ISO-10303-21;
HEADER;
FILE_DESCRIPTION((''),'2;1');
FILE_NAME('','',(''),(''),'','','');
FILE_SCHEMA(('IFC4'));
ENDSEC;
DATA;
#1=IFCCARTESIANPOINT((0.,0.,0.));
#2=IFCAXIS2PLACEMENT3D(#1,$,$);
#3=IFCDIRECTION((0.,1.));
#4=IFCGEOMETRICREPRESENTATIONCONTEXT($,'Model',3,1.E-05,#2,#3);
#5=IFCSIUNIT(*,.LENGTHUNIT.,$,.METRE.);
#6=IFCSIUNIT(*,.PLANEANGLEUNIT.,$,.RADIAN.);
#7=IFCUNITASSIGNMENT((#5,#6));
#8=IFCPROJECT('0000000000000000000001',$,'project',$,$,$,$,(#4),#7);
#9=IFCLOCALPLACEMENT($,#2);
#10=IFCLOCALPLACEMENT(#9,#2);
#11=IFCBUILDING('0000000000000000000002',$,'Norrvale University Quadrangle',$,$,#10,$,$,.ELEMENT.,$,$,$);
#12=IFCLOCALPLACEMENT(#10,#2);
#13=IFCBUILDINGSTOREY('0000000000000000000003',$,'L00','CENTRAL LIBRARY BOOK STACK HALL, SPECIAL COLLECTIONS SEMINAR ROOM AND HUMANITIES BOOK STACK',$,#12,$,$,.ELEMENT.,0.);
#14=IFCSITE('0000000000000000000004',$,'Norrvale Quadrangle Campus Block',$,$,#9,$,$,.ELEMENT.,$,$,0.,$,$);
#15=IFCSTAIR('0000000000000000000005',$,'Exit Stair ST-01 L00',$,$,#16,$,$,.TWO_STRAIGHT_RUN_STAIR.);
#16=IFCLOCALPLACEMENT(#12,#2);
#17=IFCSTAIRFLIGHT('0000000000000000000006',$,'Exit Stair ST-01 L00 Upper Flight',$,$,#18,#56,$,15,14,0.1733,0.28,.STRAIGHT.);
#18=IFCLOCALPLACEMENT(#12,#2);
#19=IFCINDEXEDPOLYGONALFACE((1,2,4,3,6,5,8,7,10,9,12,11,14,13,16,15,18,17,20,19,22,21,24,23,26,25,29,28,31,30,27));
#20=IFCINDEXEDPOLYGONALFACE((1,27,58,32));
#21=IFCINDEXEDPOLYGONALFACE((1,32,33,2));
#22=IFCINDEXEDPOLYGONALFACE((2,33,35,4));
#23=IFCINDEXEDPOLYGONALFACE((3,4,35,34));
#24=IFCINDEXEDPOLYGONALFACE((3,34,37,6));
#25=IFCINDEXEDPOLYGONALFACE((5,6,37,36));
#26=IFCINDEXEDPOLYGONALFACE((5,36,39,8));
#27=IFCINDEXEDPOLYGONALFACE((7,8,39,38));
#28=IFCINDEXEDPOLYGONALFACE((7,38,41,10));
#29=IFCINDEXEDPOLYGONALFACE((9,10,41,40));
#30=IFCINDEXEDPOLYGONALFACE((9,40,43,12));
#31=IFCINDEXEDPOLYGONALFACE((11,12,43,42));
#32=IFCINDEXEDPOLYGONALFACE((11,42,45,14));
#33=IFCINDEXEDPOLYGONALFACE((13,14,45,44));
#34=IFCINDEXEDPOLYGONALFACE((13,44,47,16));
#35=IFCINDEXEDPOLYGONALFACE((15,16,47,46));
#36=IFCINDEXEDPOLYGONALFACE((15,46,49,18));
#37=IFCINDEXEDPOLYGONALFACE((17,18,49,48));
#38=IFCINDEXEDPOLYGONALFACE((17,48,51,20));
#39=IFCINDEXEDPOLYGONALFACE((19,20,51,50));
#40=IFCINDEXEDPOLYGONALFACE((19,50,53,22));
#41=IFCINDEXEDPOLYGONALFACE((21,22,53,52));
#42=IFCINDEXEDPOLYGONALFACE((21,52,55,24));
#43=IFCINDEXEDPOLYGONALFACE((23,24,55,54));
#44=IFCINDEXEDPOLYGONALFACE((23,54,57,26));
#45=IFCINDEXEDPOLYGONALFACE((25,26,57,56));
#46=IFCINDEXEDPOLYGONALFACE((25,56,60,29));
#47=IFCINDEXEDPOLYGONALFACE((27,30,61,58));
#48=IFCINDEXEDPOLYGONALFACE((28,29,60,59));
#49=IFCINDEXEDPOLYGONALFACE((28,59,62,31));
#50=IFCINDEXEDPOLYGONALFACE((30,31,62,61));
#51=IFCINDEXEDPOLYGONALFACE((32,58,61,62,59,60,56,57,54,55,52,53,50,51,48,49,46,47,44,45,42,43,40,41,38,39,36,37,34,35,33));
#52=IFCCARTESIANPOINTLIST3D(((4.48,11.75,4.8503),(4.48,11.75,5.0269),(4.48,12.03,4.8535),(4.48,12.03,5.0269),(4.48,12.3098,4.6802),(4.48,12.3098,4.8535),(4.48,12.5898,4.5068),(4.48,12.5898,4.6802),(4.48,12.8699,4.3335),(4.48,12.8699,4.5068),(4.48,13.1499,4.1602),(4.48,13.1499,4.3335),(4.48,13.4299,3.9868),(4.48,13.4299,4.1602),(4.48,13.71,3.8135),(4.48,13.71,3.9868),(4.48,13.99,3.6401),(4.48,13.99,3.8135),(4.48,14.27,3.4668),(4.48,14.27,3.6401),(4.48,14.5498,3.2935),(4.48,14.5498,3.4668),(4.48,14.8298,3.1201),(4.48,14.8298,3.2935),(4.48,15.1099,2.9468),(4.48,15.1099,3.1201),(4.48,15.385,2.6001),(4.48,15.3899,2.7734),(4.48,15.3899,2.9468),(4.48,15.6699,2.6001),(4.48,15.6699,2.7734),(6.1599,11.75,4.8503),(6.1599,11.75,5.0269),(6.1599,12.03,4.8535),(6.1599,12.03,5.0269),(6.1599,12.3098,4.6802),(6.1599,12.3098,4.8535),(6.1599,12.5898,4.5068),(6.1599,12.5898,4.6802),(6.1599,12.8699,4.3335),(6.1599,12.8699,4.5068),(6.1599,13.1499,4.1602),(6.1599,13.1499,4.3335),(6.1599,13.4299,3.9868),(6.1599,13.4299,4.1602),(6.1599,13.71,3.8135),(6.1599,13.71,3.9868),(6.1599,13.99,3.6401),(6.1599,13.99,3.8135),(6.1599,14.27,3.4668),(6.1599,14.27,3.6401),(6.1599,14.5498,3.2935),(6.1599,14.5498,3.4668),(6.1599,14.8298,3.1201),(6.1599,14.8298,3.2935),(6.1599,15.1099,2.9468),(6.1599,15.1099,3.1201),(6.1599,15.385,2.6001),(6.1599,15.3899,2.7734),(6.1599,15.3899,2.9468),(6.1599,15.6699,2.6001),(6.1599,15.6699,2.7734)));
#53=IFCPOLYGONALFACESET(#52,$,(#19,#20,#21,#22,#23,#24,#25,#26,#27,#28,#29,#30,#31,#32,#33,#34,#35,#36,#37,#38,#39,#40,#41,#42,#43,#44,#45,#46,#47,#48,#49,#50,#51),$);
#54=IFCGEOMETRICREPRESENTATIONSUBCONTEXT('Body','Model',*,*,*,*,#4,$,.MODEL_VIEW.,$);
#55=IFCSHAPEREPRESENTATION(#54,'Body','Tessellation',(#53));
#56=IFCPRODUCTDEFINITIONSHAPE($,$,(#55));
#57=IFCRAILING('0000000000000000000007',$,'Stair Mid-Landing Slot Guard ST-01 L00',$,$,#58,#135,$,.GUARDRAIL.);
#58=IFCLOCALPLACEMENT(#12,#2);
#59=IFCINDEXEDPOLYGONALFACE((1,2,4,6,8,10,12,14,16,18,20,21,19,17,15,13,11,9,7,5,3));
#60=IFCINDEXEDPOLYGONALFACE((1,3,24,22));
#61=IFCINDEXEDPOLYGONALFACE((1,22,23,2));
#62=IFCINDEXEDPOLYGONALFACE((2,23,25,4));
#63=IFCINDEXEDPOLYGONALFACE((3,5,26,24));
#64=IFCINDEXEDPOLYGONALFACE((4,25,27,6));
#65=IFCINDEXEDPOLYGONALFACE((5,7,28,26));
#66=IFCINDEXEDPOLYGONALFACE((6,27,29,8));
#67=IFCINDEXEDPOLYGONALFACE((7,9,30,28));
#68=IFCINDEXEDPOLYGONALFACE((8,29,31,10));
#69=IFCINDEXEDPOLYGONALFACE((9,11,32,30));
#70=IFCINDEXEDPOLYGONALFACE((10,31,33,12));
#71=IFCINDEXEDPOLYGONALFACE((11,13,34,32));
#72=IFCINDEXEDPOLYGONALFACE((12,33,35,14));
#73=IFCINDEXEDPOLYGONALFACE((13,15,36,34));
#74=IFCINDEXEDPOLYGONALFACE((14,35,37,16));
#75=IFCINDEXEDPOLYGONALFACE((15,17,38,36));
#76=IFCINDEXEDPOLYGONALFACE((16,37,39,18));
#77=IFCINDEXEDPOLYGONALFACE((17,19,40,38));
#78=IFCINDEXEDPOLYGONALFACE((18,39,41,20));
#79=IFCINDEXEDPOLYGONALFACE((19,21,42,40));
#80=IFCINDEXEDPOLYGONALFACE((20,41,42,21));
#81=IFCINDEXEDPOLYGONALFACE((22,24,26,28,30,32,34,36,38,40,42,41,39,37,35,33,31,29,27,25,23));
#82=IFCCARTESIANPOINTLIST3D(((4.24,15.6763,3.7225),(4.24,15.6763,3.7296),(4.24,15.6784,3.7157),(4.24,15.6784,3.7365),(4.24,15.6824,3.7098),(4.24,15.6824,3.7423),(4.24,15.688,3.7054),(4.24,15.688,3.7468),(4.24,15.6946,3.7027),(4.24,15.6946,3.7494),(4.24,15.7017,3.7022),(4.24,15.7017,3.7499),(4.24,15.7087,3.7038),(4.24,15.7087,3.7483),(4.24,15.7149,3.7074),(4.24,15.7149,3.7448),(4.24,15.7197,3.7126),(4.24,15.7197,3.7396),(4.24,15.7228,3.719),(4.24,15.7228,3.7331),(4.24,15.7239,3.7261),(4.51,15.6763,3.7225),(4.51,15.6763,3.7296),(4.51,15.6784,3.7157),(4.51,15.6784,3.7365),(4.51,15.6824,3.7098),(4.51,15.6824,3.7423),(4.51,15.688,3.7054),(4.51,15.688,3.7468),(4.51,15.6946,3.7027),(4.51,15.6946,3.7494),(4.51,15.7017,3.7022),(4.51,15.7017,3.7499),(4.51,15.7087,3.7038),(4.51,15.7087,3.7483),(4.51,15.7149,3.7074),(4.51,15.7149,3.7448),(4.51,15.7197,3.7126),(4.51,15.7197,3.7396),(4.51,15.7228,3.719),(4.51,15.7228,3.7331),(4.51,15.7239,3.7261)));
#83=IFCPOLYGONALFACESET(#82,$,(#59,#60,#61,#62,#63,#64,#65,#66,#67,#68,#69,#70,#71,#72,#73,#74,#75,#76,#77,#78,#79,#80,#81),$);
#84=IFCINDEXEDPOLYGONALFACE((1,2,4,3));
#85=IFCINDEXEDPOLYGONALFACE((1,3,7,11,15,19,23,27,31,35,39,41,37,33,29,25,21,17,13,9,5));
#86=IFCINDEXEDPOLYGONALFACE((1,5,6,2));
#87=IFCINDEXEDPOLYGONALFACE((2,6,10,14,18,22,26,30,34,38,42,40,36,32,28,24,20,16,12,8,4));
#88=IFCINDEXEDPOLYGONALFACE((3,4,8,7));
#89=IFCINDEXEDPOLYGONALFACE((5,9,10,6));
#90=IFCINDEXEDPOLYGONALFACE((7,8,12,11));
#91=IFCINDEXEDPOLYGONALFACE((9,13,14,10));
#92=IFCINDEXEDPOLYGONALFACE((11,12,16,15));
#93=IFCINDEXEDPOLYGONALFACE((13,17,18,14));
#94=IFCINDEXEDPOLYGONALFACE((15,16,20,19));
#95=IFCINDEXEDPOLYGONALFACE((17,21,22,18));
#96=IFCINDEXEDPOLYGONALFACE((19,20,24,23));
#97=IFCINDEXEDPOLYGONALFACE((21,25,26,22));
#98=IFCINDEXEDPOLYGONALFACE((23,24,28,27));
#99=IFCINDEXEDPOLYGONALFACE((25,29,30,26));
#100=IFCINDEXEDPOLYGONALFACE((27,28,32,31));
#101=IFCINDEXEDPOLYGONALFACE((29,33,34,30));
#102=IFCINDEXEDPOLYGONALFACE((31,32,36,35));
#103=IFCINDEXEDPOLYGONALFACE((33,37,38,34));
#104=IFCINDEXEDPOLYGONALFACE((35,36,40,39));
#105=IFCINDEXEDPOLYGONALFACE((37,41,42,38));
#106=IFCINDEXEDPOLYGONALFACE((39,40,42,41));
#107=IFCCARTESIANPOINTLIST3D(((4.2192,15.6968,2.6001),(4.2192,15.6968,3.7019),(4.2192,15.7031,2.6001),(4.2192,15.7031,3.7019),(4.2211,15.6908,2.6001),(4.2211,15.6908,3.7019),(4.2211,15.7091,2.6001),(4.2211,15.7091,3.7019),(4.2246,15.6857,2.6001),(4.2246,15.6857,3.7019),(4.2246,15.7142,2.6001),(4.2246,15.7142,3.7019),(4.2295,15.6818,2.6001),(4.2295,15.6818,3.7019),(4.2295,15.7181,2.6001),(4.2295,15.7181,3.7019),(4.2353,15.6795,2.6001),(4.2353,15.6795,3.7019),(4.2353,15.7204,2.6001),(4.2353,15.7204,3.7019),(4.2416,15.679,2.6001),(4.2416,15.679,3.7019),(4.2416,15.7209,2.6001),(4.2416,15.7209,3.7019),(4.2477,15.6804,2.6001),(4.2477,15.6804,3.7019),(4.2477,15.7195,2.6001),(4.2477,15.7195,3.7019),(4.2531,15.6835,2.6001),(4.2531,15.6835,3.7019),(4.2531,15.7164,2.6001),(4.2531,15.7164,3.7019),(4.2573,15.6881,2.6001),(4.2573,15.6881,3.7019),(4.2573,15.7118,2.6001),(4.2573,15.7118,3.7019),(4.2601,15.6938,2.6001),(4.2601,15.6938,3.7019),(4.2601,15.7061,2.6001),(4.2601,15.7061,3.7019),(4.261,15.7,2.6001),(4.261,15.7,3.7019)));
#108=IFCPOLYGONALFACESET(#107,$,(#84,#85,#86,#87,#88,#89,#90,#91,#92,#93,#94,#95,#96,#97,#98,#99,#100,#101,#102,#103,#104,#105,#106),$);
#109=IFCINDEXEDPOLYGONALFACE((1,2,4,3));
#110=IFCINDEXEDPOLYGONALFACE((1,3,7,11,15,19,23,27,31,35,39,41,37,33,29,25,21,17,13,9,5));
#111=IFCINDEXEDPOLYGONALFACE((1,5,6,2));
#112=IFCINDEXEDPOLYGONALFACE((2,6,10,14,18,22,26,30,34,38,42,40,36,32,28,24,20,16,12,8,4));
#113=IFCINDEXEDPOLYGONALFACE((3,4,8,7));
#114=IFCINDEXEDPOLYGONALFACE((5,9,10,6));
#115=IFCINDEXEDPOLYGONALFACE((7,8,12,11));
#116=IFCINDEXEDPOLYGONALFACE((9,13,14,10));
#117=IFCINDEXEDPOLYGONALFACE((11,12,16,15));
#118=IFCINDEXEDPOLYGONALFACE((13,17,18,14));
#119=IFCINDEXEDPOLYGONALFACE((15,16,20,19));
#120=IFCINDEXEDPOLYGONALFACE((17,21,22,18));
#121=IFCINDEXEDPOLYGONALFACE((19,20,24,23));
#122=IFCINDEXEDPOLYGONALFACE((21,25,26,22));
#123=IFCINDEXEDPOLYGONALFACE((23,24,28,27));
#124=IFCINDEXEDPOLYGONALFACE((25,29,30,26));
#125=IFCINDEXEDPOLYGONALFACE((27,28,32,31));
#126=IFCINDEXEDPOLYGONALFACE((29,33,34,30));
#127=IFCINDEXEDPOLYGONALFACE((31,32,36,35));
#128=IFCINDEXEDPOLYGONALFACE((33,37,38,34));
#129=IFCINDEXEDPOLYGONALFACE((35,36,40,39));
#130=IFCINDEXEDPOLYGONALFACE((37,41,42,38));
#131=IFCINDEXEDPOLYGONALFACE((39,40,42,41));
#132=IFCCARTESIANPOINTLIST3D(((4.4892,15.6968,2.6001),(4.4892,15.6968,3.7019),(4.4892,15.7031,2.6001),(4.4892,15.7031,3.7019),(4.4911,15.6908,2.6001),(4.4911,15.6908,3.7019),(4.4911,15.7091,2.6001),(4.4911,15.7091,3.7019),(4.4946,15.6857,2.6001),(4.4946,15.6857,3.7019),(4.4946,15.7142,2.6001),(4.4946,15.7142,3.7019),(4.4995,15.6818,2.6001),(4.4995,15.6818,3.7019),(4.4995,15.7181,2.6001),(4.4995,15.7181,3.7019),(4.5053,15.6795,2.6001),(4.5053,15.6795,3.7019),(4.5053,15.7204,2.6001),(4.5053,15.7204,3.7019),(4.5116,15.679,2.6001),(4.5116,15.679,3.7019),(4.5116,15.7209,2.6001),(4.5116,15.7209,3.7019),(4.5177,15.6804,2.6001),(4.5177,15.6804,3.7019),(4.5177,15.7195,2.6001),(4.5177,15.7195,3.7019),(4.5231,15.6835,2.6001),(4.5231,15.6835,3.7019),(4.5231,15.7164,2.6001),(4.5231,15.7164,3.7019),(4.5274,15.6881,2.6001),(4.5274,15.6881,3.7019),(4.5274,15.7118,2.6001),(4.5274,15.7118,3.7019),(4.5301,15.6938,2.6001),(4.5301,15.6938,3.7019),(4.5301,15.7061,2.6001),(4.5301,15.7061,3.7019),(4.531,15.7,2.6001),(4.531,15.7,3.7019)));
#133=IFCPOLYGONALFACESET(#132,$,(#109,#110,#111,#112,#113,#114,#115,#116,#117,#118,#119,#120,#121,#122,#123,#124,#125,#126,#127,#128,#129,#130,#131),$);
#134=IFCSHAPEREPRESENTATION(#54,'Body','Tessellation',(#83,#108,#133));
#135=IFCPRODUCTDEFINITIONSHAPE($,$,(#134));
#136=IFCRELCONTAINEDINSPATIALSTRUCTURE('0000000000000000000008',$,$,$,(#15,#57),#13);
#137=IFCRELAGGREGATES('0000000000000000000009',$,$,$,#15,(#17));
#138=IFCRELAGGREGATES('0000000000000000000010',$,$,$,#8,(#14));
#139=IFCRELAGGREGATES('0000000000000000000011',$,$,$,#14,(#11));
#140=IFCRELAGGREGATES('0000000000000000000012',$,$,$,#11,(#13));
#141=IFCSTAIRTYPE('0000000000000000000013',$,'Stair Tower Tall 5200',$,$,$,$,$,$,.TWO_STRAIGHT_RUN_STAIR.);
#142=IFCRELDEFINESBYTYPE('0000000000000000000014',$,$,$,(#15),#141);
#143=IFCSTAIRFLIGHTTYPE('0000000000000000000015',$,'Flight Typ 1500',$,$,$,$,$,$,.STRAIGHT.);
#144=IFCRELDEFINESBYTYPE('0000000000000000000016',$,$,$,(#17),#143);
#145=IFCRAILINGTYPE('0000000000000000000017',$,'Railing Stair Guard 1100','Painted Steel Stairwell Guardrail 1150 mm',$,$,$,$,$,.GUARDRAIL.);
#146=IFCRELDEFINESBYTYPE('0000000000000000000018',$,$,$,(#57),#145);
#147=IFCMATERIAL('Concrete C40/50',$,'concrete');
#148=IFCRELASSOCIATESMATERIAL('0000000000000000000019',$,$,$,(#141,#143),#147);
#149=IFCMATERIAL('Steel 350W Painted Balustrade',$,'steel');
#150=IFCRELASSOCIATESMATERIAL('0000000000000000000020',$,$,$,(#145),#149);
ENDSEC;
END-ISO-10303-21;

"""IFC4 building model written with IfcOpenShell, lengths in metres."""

from ifc_helpers import new_model, si_unit, direction, frame, origin, origin_2d, place, context, subcontext, project, spatial, polyline, circle, outline, extrude, material, type_object, element, aggregate, save


model = new_model("IFC4")

# Units and contexts
model_context = context("Model", 3, precision=1e-05, world=origin(), true_north=direction((0.0, 1.0)))
body_context = subcontext(model_context, "Body", "Model", "MODEL_VIEW")
ifc_project = project(units=[si_unit("LENGTHUNIT", "METRE"), si_unit("PLANEANGLEUNIT", "RADIAN")], contexts=[model_context])

# Site, building, storey
site_placement = place(None, origin())
site = spatial("IfcSite", under=ifc_project, at=site_placement, Name="Norrvale Quadrangle Campus Block", CompositionType="ELEMENT", RefElevation=0.0)
building_placement = place(site_placement, origin())
building = spatial("IfcBuilding", under=site, at=building_placement, Name="Norrvale University Quadrangle", CompositionType="ELEMENT")
storey_placement = place(building_placement, origin())
storey = spatial("IfcBuildingStorey", under=building, at=storey_placement, Name="L00", Description="CENTRAL LIBRARY BOOK STACK HALL, SPECIAL COLLECTIONS SEMINAR ROOM AND HUMANITIES BOOK STACK", CompositionType="ELEMENT", Elevation=0.0)

# Stair, stair flight
ifc_material_1 = material(Name="Concrete C40/50", Category="concrete")
stair_type = type_object("IfcStairType", Name="Stair Tower Tall 5200", PredefinedType="TWO_STRAIGHT_RUN_STAIR", material=ifc_material_1)
stair_placement = place(storey_placement, origin())
stair = element("IfcStair", 1, at=stair_placement, inside=storey, type_object=stair_type, Name="Exit Stair ST-01 L00", PredefinedType="TWO_STRAIGHT_RUN_STAIR")
stair_flight_type = type_object("IfcStairFlightType", Name="Flight Typ 1500", PredefinedType="STRAIGHT", material=ifc_material_1)
stair_flight_placement = place(storey_placement, frame((5.3201, 15.6699, 2.6001), z_axis=(0.0, 0.0, 1.0), x_axis=(0.0, -1.0, 0.0)))
stair_flight = element("IfcStairFlight", 2, at=stair_flight_placement, type_object=stair_flight_type, Name="Exit Stair ST-01 L00 Upper Flight", NumberOfRisers=15, NumberOfTreads=14, PredefinedType="STRAIGHT", RiserHeight=0.1733, TreadLength=0.28, context=body_context, shape_type="SweptSolid", body=[
    extrude(outline(polyline([(0.0, 0.0), (0.0, 0.1733), (0.28, 0.1733), (0.28, 0.3467), (0.5601, 0.3467), (0.5601, 0.52), (0.8401, 0.52), (0.8401, 0.6934), (1.1201, 0.6934), (1.1201, 0.8667), (1.3999, 0.8667), (1.3999, 1.04), (1.6799, 1.04), (1.6799, 1.2134), (1.96, 1.2134), (1.96, 1.3867), (2.24, 1.3867), (2.24, 1.5601), (2.52, 1.5601), (2.52, 1.7334), (2.8, 1.7334), (2.8, 1.9067), (3.0801, 1.9067), (3.0801, 2.0801), (3.3601, 2.0801), (3.3601, 2.2534), (3.6399, 2.2534), (3.6399, 2.4268), (3.9199, 2.4268), (3.9199, 2.6001), (3.9199, 2.2502), (0.2849, 0.0), (0.0, 0.0)])), frame((0.0, 0.8398, 0.0), z_axis=(0.0, -1.0, 0.0), x_axis=(1.0, 0.0, 0.0)), (0.0, 0.0, 1.0), 1.6799),
])
aggregate(stair, [stair_flight])

# Railing
ifc_material_2 = material(Name="Steel 350W Painted Balustrade", Category="steel")
railing_type_1 = type_object("IfcRailingType", Name="Railing Stair Guard 1100", Description="Painted Steel Stairwell Guardrail 1150 mm", PredefinedType="GUARDRAIL", material=ifc_material_2)
railing_1_placement = place(storey_placement, frame((4.24, 15.7, 2.6001)))
element("IfcRailing", 3, at=railing_1_placement, inside=storey, type_object=railing_type_1, Name="Stair Mid-Landing Slot Guard ST-01 L00", PredefinedType="GUARDRAIL", context=body_context, shape_type="SweptSolid", body=[
    extrude(circle(Radius=0.0239, at=origin_2d()), frame((0.0, 0.0, 1.126), z_axis=(1.0, 0.0, 0.0), x_axis=(0.0, 1.0, 0.0)), (0.0, 0.0, 1.0), 0.27),
    extrude(circle(Radius=0.021, at=origin_2d()), origin(), (0.0, 0.0, 1.0), 1.1018),
    extrude(circle(Radius=0.021, at=origin_2d()), frame((0.27, 0.0, 0.0)), (0.0, 0.0, 1.0), 1.1018),
])

save(model, "model.ifc")
